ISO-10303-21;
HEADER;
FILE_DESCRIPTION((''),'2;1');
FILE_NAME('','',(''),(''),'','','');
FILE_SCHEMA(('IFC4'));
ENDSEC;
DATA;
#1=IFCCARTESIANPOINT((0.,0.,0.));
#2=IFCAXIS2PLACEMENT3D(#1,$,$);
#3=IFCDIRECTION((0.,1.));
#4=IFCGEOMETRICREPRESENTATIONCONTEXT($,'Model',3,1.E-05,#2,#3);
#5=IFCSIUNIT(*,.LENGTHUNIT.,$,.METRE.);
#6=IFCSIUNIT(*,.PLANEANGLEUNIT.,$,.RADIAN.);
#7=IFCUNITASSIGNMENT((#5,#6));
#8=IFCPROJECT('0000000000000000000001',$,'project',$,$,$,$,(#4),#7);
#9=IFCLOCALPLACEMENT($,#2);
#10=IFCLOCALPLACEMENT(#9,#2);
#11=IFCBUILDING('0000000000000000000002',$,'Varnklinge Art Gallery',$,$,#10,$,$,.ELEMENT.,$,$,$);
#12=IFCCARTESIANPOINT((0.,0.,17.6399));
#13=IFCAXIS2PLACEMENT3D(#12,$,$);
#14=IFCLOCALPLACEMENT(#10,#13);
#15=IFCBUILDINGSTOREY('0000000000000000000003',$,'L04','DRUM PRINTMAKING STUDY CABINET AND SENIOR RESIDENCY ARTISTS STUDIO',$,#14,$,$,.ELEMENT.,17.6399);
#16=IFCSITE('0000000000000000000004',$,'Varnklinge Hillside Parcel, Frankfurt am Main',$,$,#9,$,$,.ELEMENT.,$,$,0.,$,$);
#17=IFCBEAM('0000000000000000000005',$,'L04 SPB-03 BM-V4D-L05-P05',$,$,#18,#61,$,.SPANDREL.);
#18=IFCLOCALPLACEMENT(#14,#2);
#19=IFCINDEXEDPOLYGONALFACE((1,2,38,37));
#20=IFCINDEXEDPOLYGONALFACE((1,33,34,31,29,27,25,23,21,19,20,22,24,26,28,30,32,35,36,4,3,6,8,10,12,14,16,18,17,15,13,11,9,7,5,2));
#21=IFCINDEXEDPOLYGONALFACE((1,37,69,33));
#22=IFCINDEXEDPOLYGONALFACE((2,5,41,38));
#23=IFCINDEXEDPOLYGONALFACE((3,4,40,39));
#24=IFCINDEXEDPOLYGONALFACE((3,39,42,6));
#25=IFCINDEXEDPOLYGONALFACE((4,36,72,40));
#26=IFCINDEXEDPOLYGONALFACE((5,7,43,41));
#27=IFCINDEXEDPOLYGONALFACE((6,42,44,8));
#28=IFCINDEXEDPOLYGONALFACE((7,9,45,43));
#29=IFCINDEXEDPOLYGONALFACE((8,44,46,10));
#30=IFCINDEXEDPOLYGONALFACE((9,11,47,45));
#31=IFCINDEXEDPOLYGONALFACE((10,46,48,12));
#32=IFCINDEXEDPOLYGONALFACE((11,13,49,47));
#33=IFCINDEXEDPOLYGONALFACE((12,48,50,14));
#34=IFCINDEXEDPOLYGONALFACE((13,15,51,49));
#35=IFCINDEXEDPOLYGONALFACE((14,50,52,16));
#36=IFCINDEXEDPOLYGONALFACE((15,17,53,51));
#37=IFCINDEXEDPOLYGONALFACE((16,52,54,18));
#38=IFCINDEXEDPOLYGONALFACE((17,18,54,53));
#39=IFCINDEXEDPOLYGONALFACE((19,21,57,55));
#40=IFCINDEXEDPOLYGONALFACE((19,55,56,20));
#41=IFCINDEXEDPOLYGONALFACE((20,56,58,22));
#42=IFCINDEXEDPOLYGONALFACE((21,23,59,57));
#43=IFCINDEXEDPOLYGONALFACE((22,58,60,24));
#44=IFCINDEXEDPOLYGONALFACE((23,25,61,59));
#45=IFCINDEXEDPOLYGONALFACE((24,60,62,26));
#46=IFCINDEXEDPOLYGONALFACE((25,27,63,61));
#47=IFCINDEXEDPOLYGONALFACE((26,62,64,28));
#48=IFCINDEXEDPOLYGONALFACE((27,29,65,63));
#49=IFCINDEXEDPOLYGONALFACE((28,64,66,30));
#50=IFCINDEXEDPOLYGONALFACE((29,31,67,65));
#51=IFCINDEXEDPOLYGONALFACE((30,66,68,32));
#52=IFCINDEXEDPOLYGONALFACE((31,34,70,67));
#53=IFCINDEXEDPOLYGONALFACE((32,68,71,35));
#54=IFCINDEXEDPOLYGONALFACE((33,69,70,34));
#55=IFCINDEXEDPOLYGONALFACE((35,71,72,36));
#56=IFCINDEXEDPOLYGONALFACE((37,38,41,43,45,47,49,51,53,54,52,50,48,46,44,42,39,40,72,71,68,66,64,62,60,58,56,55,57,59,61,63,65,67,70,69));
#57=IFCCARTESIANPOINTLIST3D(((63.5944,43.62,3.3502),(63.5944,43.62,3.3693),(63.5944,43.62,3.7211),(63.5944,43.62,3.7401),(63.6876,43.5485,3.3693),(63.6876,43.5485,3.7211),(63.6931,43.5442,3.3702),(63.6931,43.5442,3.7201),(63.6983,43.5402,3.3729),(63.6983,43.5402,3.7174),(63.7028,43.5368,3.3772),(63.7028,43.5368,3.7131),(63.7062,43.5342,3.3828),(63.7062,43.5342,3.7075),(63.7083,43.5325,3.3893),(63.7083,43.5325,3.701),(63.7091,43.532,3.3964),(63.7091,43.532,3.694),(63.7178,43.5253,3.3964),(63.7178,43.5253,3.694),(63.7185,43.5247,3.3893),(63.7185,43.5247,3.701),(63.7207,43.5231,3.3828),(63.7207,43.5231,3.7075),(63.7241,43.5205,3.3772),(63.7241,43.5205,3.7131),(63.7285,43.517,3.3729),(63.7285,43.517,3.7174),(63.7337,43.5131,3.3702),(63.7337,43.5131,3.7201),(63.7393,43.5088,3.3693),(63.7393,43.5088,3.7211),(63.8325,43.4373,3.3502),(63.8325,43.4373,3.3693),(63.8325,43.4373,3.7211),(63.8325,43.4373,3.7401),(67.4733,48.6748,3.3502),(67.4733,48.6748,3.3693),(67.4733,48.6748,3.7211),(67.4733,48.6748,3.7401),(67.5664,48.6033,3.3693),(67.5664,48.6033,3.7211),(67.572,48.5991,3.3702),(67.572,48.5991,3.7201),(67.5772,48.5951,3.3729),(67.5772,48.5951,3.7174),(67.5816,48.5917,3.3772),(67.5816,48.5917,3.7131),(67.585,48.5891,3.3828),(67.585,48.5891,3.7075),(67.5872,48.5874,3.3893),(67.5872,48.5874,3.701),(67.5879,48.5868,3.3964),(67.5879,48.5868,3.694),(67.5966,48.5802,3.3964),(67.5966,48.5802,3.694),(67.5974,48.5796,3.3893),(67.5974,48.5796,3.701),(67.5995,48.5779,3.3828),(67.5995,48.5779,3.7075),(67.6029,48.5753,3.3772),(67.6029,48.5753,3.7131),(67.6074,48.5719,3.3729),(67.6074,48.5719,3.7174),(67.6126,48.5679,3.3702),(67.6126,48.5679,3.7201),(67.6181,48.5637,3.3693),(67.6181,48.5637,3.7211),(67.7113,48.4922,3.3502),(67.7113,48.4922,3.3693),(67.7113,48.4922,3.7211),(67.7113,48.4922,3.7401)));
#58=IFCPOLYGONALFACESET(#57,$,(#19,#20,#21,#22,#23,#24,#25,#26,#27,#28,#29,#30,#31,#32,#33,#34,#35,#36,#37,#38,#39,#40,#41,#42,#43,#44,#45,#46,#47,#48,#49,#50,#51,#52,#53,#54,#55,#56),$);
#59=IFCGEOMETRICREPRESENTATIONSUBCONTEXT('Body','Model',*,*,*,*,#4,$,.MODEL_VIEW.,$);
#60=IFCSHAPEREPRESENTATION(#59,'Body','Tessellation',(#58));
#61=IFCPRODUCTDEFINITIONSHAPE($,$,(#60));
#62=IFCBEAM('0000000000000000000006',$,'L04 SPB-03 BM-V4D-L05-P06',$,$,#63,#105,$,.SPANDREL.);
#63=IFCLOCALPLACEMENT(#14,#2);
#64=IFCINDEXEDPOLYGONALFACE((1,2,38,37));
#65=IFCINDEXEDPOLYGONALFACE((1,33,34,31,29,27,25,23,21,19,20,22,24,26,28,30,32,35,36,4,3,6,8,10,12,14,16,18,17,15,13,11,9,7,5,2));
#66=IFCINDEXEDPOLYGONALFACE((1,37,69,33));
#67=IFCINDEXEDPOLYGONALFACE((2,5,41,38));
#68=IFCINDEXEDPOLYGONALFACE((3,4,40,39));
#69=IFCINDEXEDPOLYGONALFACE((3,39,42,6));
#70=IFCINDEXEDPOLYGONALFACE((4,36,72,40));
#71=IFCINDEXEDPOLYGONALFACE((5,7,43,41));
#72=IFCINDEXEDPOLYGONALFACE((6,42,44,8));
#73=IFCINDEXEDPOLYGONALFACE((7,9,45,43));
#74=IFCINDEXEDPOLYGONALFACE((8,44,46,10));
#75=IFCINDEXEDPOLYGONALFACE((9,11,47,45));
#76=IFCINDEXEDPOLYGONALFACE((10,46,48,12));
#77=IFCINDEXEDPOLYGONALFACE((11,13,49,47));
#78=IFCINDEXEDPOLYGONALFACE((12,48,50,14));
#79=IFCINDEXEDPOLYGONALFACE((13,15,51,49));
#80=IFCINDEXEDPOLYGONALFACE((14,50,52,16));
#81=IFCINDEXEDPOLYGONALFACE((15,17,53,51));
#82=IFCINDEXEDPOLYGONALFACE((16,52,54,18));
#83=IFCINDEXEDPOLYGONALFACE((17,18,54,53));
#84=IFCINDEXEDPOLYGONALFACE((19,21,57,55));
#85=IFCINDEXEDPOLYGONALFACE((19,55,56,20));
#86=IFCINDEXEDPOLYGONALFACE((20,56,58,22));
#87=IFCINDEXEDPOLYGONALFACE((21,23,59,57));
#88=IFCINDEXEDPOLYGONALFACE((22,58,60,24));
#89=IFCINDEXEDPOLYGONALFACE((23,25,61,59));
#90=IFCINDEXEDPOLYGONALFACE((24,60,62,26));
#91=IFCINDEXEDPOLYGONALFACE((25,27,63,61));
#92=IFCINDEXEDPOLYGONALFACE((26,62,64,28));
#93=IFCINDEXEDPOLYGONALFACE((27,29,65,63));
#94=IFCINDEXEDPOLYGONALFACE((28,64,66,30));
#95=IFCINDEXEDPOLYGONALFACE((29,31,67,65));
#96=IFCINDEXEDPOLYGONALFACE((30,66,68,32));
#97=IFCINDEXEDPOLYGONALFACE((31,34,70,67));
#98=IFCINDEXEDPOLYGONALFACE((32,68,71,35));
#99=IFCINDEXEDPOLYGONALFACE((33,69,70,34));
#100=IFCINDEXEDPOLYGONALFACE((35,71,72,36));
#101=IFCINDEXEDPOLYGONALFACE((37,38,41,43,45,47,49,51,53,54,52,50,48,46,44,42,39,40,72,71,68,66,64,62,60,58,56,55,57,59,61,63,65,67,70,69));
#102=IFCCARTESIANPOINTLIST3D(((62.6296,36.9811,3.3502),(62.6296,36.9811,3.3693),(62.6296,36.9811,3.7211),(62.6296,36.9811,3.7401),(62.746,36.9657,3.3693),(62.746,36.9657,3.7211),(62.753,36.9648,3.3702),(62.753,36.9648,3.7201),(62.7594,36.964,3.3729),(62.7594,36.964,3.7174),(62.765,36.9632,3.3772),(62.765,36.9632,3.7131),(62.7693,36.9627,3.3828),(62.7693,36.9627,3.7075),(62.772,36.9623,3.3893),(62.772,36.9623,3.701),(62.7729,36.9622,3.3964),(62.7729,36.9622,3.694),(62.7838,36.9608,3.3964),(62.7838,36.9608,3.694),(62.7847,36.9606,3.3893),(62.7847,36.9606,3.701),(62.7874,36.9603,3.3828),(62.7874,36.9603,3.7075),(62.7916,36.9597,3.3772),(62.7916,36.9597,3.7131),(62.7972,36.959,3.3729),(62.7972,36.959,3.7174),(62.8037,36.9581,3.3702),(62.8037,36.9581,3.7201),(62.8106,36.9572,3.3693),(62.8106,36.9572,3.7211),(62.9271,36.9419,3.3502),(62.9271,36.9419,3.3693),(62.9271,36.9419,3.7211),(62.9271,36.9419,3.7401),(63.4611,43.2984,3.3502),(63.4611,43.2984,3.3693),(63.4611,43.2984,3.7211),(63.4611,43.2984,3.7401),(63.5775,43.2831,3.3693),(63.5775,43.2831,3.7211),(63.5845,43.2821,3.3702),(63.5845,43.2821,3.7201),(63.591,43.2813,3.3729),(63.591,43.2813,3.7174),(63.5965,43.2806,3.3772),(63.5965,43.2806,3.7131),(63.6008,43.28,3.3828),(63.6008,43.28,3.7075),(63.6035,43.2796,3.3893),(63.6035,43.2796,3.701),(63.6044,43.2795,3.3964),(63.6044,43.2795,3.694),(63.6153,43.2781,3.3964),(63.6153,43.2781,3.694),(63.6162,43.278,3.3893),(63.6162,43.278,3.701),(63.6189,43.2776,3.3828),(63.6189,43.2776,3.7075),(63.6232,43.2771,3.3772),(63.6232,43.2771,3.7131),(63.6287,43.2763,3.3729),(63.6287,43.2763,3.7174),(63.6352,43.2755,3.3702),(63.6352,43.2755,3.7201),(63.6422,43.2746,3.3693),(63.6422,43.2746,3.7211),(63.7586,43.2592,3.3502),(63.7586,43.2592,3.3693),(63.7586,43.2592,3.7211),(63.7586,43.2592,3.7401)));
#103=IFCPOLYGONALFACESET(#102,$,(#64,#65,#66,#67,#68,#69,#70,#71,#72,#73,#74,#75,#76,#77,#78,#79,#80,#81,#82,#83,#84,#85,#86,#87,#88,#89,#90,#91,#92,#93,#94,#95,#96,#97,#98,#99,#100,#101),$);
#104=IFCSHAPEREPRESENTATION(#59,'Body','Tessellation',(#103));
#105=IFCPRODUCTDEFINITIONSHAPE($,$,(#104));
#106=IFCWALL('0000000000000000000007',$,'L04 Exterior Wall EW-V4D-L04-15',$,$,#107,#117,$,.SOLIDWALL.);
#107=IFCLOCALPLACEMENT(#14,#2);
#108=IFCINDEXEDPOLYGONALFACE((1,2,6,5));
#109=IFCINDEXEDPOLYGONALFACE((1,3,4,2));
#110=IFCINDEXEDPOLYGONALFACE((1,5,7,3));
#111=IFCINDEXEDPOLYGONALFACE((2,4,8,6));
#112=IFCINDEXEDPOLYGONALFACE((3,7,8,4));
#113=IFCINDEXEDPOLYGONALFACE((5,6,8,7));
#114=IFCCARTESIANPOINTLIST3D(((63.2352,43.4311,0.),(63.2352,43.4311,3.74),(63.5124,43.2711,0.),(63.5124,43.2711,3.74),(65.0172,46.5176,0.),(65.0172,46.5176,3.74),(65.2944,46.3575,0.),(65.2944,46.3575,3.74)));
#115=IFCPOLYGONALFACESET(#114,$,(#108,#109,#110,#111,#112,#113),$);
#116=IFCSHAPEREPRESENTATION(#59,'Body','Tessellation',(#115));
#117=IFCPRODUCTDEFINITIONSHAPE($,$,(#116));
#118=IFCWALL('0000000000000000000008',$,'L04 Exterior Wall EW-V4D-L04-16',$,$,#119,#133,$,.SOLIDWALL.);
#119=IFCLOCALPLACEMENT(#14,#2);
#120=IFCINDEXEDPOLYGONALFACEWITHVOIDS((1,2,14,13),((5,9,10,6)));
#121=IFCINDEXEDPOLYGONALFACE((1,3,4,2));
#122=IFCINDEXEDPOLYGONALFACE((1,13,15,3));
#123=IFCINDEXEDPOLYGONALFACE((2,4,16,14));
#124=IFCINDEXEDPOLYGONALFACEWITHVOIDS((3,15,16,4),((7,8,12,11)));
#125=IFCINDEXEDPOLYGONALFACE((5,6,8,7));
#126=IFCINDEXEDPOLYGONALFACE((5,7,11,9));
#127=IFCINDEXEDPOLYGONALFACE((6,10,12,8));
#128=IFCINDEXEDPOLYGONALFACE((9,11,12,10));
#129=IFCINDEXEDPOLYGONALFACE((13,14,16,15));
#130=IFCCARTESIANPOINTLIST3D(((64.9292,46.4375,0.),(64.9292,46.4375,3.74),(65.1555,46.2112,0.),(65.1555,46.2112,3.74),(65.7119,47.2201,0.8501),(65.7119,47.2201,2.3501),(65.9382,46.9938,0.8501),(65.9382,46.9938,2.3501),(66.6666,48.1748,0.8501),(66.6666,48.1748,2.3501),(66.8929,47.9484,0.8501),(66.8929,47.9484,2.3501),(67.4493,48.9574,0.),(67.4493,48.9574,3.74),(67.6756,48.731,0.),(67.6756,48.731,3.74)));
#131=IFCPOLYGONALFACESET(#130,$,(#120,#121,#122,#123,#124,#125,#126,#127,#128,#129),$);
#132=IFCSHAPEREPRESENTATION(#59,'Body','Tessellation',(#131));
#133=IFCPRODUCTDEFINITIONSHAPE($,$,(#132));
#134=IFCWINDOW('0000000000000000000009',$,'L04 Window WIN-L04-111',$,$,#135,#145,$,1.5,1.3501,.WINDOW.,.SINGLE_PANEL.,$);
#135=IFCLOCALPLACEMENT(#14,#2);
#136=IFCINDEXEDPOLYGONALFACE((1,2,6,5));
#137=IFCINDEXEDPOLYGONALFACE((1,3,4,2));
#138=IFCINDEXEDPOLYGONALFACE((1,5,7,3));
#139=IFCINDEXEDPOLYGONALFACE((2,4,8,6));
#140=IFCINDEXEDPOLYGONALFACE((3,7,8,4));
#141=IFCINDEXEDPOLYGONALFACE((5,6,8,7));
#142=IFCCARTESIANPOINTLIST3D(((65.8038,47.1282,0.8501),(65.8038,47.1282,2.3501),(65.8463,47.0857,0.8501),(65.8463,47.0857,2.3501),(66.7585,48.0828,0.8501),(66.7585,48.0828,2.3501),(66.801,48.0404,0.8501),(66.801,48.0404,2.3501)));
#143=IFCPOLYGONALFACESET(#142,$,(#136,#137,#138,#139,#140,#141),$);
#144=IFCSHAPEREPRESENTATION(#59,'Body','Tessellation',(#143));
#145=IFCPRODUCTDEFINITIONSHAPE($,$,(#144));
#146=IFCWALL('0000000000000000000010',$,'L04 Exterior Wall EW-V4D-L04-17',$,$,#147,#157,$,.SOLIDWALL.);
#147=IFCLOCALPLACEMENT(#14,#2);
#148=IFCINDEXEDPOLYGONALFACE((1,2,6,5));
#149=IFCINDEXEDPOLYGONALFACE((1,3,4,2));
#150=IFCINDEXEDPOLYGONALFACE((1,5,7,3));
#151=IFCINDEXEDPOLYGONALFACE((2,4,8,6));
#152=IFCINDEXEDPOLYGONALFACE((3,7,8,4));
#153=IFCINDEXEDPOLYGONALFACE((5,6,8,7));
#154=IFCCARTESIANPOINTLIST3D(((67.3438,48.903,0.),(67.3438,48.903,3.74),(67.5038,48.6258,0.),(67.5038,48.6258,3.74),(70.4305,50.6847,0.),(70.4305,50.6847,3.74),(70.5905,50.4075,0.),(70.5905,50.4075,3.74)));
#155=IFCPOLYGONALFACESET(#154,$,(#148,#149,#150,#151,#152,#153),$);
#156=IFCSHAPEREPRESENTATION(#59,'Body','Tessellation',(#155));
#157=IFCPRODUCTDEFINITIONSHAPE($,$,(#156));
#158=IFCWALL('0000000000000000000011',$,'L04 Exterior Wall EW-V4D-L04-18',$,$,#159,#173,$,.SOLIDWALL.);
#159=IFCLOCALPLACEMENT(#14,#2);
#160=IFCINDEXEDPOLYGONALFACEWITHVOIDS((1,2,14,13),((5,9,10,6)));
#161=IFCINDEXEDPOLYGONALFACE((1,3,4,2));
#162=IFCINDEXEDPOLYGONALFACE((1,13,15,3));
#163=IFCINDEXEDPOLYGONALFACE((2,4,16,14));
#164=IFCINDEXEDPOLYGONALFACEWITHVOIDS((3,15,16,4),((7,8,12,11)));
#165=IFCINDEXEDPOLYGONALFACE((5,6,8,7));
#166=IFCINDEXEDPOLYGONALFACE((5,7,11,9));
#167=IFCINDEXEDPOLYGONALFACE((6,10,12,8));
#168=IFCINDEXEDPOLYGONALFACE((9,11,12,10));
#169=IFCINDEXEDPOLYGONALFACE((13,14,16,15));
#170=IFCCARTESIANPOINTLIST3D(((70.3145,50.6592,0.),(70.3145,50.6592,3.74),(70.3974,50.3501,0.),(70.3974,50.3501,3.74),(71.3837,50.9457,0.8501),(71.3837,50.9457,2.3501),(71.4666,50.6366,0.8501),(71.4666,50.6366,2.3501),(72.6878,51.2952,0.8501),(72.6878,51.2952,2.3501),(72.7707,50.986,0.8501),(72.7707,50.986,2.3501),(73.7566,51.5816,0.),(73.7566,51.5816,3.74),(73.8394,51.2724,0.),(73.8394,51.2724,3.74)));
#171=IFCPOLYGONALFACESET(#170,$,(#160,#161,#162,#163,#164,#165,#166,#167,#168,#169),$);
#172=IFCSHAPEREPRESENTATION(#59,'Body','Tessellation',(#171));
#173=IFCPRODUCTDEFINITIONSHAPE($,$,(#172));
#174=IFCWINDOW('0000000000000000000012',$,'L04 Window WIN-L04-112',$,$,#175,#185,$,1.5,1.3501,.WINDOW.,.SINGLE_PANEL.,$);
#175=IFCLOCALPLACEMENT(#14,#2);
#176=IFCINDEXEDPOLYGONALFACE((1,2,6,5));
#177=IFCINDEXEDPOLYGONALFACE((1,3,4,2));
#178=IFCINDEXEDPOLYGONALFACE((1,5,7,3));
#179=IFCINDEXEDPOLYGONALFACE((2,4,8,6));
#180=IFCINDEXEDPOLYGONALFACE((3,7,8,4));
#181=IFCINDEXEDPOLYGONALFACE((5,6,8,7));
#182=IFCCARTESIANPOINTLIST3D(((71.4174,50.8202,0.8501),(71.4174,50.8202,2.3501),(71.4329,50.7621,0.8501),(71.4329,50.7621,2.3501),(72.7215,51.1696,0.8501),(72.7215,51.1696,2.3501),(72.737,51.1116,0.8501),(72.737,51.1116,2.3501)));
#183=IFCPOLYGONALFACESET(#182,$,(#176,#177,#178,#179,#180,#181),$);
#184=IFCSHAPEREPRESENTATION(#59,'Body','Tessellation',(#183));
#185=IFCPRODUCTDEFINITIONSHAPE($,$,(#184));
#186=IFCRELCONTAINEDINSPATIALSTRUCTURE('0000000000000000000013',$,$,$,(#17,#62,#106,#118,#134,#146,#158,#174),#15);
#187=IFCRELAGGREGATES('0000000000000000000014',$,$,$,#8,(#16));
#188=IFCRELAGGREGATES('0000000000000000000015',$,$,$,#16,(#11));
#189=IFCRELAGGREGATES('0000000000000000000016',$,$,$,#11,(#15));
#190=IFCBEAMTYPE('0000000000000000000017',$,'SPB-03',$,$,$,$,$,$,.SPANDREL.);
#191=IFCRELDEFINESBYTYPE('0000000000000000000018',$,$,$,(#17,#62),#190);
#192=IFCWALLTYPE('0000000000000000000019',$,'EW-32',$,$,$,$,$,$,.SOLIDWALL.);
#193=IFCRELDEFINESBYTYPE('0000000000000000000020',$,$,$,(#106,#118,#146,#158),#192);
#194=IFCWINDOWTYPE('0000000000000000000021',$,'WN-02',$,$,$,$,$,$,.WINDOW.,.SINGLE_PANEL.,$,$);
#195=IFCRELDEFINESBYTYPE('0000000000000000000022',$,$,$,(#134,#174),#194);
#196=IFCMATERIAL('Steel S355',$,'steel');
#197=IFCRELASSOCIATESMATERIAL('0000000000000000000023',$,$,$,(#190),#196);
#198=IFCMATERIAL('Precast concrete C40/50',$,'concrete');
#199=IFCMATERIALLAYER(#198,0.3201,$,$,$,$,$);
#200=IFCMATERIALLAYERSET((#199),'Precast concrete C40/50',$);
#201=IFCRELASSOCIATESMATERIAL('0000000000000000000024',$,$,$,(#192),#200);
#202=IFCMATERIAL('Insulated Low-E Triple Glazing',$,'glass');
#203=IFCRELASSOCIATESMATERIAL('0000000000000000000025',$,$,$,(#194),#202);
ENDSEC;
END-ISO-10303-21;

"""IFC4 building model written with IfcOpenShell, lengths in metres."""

from ifc_helpers import new_model, si_unit, direction, frame, frame_2d, origin, origin_2d, place, context, subcontext, project, spatial, rectangle, i_section, extrude, material, layer, layer_set, material_profile, profile_set, type_object, element, fill, save


model = new_model("IFC4")

# Units and contexts
model_context = context("Model", 3, precision=1e-05, world=origin(), true_north=direction((0.0, 1.0)))
body_context = subcontext(model_context, "Body", "Model", "MODEL_VIEW")
ifc_project = project(units=[si_unit("LENGTHUNIT", "METRE"), si_unit("PLANEANGLEUNIT", "RADIAN")], contexts=[model_context])

# Site, building, storey
site_placement = place(None, origin())
site = spatial("IfcSite", under=ifc_project, at=site_placement, Name="Varnklinge Hillside Parcel, Frankfurt am Main", CompositionType="ELEMENT", RefElevation=0.0)
building_placement = place(site_placement, origin())
building = spatial("IfcBuilding", under=site, at=building_placement, Name="Varnklinge Art Gallery", CompositionType="ELEMENT")
storey_placement = place(building_placement, frame((0.0, 0.0, 17.6399)))
storey = spatial("IfcBuildingStorey", under=building, at=storey_placement, Name="L04", Description="DRUM PRINTMAKING STUDY CABINET AND SENIOR RESIDENCY ARTISTS STUDIO", CompositionType="ELEMENT", Elevation=17.6399)

# Beams
ifc_material_1 = material(Name="Steel S355", Category="steel")
ifc_material_profile_1 = material_profile(ifc_material_1, i_section(OverallWidth=0.3, OverallDepth=0.3899, WebThickness=0.011, FlangeThickness=0.019, FilletRadius=0.0271, at=origin_2d()), Name="HEA 400")
ifc_profile_set_1 = profile_set([ifc_material_profile_1], Name="Steel S355")
beam_type_1 = type_object("IfcBeamType", Name="SPB-03", PredefinedType="SPANDREL", material=ifc_profile_set_1)
for number, where, z_axis, x_axis, name in (
    (1, (67.5923, 48.5835, 3.5452), (-0.608773, -0.793344, 0.0), (0.793344, -0.608773, 0.0), "L04 SPB-03 BM-V4D-L05-P05"),
):
    element("IfcBeam", number, at=place(storey_placement, frame(where, z_axis=z_axis, x_axis=x_axis)), inside=storey, type_object=beam_type_1, Name=name, PredefinedType="SPANDREL", context=body_context, shape_type="SweptSolid", body=[
        extrude(i_section(OverallWidth=0.3, OverallDepth=0.3899, WebThickness=0.011, FlangeThickness=0.019, FilletRadius=0.0271, at=origin_2d()), origin(), (0.0, 0.0, 1.0), 6.3716),
    ])
beam_1_placement = place(storey_placement, frame((63.6099, 43.2788, 3.5452), z_axis=(-0.130502, -0.991448, 0.0), x_axis=(0.991448, -0.130502, 0.0)))
element("IfcBeam", 2, at=beam_1_placement, inside=storey, type_object=beam_type_1, Name="L04 SPB-03 BM-V4D-L05-P06", PredefinedType="SPANDREL", context=body_context, shape_type="SweptSolid", body=[
    extrude(i_section(OverallWidth=0.3, OverallDepth=0.3899, WebThickness=0.011, FlangeThickness=0.019, FilletRadius=0.0271, at=origin_2d()), origin(), (0.0, 0.0, 1.0), 6.3718),
])

# Wall
ifc_material_2 = material(Name="Precast concrete C40/50", Category="concrete")
ifc_layer_1 = layer(ifc_material_2, 0.3201)
ifc_layer_set_1 = layer_set([ifc_layer_1], Name="Precast concrete C40/50")
wall_type_1 = type_object("IfcWallType", Name="EW-32", PredefinedType="SOLIDWALL", material=ifc_layer_set_1)
wall_1_placement = place(storey_placement, frame((63.3738, 43.3511, 0.0), z_axis=(0.0, 0.0, 1.0), x_axis=(0.500007, 0.866021, 0.0)))
element("IfcWall", 3, at=wall_1_placement, inside=storey, type_object=wall_type_1, Name="L04 Exterior Wall EW-V4D-L04-15", PredefinedType="SOLIDWALL", context=body_context, shape_type="SweptSolid", body=[
    extrude(rectangle(XDim=3.564, YDim=0.3201, at=frame_2d((1.782, 0.0))), origin(), (0.0, 0.0, 1.0), 3.74),
])

# Wall, opening, window
wall_2_placement = place(storey_placement, frame((65.0425, 46.3245, 0.0), z_axis=(0.0, 0.0, 1.0), x_axis=(0.707141, 0.707073, 0.0)))
wall_2 = element("IfcWall", 4, at=wall_2_placement, inside=storey, type_object=wall_type_1, Name="L04 Exterior Wall EW-V4D-L04-16", PredefinedType="SOLIDWALL", context=body_context, shape_type="SweptSolid", body=[
    extrude(rectangle(XDim=3.5637, YDim=0.3201, at=frame_2d((1.7817, 0.0))), origin(), (0.0, 0.0, 1.0), 3.74),
])
opening_1_placement = place(wall_2_placement, frame((1.1067, 0.0, 0.8501)))
opening_1 = element("IfcOpeningElement", 5, at=opening_1_placement, cuts=wall_2, PredefinedType="OPENING", context=body_context, shape_type="SweptSolid", body=[
    extrude(rectangle(XDim=1.3501, YDim=1.5, at=frame_2d((0.675, 0.75))), frame((0.0, 0.1702, 0.0), z_axis=(0.0, -1.0, 0.0), x_axis=(1.0, 0.0, 0.0)), (0.0, 0.0, 1.0), 0.3401),
])
ifc_material_3 = material(Name="Insulated Low-E Triple Glazing", Category="glass")
window_type = type_object("IfcWindowType", Name="WN-02", PartitioningType="SINGLE_PANEL", PredefinedType="WINDOW", material=ifc_material_3)
window_1_placement = place(opening_1_placement, origin())
window_1 = element("IfcWindow", 6, at=window_1_placement, inside=storey, type_object=window_type, Name="L04 Window WIN-L04-111", OverallHeight=1.5, OverallWidth=1.3501, PartitioningType="SINGLE_PANEL", PredefinedType="WINDOW", context=body_context, shape_type="SweptSolid", body=[
    extrude(rectangle(XDim=1.3501, YDim=1.5, at=frame_2d((0.675, 0.75))), frame((0.0, 0.03, 0.0), z_axis=(0.0, -1.0, 0.0), x_axis=(1.0, 0.0, 0.0)), (0.0, 0.0, 1.0), 0.0601),
])
fill(opening_1, window_1)

# Wall
wall_3_placement = place(storey_placement, frame((67.4238, 48.7644, 0.0), z_axis=(0.0, 0.0, 1.0), x_axis=(0.866068, 0.499926, 0.0)))
element("IfcWall", 7, at=wall_3_placement, inside=storey, type_object=wall_type_1, Name="L04 Exterior Wall EW-V4D-L04-17", PredefinedType="SOLIDWALL", context=body_context, shape_type="SweptSolid", body=[
    extrude(rectangle(XDim=3.564, YDim=0.3201, at=frame_2d((1.782, 0.0))), origin(), (0.0, 0.0, 1.0), 3.74),
])

# Wall, opening, window
wall_4_placement = place(storey_placement, frame((70.356, 50.5046, 0.0), z_axis=(0.0, 0.0, 1.0), x_axis=(0.965923, 0.258831, 0.0)))
wall_4 = element("IfcWall", 8, at=wall_4_placement, inside=storey, type_object=wall_type_1, Name="L04 Exterior Wall EW-V4D-L04-18", PredefinedType="SOLIDWALL", context=body_context, shape_type="SweptSolid", body=[
    extrude(rectangle(XDim=3.5635, YDim=0.3201, at=frame_2d((1.7817, 0.0))), origin(), (0.0, 0.0, 1.0), 3.74),
])
opening_2_placement = place(wall_4_placement, frame((1.1069, 0.0, 0.8501)))
opening_2 = element("IfcOpeningElement", 9, at=opening_2_placement, cuts=wall_4, PredefinedType="OPENING", context=body_context, shape_type="SweptSolid", body=[
    extrude(rectangle(XDim=1.3501, YDim=1.5, at=frame_2d((0.675, 0.75))), frame((0.0, 0.1702, 0.0), z_axis=(0.0, -1.0, 0.0), x_axis=(1.0, 0.0, 0.0)), (0.0, 0.0, 1.0), 0.3401),
])
window_2_placement = place(opening_2_placement, origin())
window_2 = element("IfcWindow", 10, at=window_2_placement, inside=storey, type_object=window_type, Name="L04 Window WIN-L04-112", OverallHeight=1.5, OverallWidth=1.3501, PartitioningType="SINGLE_PANEL", PredefinedType="WINDOW", context=body_context, shape_type="SweptSolid", body=[
    extrude(rectangle(XDim=1.3501, YDim=1.5, at=frame_2d((0.675, 0.75))), frame((0.0, 0.03, 0.0), z_axis=(0.0, -1.0, 0.0), x_axis=(1.0, 0.0, 0.0)), (0.0, 0.0, 1.0), 0.0601),
])
fill(opening_2, window_2)

save(model, "model.ifc")
